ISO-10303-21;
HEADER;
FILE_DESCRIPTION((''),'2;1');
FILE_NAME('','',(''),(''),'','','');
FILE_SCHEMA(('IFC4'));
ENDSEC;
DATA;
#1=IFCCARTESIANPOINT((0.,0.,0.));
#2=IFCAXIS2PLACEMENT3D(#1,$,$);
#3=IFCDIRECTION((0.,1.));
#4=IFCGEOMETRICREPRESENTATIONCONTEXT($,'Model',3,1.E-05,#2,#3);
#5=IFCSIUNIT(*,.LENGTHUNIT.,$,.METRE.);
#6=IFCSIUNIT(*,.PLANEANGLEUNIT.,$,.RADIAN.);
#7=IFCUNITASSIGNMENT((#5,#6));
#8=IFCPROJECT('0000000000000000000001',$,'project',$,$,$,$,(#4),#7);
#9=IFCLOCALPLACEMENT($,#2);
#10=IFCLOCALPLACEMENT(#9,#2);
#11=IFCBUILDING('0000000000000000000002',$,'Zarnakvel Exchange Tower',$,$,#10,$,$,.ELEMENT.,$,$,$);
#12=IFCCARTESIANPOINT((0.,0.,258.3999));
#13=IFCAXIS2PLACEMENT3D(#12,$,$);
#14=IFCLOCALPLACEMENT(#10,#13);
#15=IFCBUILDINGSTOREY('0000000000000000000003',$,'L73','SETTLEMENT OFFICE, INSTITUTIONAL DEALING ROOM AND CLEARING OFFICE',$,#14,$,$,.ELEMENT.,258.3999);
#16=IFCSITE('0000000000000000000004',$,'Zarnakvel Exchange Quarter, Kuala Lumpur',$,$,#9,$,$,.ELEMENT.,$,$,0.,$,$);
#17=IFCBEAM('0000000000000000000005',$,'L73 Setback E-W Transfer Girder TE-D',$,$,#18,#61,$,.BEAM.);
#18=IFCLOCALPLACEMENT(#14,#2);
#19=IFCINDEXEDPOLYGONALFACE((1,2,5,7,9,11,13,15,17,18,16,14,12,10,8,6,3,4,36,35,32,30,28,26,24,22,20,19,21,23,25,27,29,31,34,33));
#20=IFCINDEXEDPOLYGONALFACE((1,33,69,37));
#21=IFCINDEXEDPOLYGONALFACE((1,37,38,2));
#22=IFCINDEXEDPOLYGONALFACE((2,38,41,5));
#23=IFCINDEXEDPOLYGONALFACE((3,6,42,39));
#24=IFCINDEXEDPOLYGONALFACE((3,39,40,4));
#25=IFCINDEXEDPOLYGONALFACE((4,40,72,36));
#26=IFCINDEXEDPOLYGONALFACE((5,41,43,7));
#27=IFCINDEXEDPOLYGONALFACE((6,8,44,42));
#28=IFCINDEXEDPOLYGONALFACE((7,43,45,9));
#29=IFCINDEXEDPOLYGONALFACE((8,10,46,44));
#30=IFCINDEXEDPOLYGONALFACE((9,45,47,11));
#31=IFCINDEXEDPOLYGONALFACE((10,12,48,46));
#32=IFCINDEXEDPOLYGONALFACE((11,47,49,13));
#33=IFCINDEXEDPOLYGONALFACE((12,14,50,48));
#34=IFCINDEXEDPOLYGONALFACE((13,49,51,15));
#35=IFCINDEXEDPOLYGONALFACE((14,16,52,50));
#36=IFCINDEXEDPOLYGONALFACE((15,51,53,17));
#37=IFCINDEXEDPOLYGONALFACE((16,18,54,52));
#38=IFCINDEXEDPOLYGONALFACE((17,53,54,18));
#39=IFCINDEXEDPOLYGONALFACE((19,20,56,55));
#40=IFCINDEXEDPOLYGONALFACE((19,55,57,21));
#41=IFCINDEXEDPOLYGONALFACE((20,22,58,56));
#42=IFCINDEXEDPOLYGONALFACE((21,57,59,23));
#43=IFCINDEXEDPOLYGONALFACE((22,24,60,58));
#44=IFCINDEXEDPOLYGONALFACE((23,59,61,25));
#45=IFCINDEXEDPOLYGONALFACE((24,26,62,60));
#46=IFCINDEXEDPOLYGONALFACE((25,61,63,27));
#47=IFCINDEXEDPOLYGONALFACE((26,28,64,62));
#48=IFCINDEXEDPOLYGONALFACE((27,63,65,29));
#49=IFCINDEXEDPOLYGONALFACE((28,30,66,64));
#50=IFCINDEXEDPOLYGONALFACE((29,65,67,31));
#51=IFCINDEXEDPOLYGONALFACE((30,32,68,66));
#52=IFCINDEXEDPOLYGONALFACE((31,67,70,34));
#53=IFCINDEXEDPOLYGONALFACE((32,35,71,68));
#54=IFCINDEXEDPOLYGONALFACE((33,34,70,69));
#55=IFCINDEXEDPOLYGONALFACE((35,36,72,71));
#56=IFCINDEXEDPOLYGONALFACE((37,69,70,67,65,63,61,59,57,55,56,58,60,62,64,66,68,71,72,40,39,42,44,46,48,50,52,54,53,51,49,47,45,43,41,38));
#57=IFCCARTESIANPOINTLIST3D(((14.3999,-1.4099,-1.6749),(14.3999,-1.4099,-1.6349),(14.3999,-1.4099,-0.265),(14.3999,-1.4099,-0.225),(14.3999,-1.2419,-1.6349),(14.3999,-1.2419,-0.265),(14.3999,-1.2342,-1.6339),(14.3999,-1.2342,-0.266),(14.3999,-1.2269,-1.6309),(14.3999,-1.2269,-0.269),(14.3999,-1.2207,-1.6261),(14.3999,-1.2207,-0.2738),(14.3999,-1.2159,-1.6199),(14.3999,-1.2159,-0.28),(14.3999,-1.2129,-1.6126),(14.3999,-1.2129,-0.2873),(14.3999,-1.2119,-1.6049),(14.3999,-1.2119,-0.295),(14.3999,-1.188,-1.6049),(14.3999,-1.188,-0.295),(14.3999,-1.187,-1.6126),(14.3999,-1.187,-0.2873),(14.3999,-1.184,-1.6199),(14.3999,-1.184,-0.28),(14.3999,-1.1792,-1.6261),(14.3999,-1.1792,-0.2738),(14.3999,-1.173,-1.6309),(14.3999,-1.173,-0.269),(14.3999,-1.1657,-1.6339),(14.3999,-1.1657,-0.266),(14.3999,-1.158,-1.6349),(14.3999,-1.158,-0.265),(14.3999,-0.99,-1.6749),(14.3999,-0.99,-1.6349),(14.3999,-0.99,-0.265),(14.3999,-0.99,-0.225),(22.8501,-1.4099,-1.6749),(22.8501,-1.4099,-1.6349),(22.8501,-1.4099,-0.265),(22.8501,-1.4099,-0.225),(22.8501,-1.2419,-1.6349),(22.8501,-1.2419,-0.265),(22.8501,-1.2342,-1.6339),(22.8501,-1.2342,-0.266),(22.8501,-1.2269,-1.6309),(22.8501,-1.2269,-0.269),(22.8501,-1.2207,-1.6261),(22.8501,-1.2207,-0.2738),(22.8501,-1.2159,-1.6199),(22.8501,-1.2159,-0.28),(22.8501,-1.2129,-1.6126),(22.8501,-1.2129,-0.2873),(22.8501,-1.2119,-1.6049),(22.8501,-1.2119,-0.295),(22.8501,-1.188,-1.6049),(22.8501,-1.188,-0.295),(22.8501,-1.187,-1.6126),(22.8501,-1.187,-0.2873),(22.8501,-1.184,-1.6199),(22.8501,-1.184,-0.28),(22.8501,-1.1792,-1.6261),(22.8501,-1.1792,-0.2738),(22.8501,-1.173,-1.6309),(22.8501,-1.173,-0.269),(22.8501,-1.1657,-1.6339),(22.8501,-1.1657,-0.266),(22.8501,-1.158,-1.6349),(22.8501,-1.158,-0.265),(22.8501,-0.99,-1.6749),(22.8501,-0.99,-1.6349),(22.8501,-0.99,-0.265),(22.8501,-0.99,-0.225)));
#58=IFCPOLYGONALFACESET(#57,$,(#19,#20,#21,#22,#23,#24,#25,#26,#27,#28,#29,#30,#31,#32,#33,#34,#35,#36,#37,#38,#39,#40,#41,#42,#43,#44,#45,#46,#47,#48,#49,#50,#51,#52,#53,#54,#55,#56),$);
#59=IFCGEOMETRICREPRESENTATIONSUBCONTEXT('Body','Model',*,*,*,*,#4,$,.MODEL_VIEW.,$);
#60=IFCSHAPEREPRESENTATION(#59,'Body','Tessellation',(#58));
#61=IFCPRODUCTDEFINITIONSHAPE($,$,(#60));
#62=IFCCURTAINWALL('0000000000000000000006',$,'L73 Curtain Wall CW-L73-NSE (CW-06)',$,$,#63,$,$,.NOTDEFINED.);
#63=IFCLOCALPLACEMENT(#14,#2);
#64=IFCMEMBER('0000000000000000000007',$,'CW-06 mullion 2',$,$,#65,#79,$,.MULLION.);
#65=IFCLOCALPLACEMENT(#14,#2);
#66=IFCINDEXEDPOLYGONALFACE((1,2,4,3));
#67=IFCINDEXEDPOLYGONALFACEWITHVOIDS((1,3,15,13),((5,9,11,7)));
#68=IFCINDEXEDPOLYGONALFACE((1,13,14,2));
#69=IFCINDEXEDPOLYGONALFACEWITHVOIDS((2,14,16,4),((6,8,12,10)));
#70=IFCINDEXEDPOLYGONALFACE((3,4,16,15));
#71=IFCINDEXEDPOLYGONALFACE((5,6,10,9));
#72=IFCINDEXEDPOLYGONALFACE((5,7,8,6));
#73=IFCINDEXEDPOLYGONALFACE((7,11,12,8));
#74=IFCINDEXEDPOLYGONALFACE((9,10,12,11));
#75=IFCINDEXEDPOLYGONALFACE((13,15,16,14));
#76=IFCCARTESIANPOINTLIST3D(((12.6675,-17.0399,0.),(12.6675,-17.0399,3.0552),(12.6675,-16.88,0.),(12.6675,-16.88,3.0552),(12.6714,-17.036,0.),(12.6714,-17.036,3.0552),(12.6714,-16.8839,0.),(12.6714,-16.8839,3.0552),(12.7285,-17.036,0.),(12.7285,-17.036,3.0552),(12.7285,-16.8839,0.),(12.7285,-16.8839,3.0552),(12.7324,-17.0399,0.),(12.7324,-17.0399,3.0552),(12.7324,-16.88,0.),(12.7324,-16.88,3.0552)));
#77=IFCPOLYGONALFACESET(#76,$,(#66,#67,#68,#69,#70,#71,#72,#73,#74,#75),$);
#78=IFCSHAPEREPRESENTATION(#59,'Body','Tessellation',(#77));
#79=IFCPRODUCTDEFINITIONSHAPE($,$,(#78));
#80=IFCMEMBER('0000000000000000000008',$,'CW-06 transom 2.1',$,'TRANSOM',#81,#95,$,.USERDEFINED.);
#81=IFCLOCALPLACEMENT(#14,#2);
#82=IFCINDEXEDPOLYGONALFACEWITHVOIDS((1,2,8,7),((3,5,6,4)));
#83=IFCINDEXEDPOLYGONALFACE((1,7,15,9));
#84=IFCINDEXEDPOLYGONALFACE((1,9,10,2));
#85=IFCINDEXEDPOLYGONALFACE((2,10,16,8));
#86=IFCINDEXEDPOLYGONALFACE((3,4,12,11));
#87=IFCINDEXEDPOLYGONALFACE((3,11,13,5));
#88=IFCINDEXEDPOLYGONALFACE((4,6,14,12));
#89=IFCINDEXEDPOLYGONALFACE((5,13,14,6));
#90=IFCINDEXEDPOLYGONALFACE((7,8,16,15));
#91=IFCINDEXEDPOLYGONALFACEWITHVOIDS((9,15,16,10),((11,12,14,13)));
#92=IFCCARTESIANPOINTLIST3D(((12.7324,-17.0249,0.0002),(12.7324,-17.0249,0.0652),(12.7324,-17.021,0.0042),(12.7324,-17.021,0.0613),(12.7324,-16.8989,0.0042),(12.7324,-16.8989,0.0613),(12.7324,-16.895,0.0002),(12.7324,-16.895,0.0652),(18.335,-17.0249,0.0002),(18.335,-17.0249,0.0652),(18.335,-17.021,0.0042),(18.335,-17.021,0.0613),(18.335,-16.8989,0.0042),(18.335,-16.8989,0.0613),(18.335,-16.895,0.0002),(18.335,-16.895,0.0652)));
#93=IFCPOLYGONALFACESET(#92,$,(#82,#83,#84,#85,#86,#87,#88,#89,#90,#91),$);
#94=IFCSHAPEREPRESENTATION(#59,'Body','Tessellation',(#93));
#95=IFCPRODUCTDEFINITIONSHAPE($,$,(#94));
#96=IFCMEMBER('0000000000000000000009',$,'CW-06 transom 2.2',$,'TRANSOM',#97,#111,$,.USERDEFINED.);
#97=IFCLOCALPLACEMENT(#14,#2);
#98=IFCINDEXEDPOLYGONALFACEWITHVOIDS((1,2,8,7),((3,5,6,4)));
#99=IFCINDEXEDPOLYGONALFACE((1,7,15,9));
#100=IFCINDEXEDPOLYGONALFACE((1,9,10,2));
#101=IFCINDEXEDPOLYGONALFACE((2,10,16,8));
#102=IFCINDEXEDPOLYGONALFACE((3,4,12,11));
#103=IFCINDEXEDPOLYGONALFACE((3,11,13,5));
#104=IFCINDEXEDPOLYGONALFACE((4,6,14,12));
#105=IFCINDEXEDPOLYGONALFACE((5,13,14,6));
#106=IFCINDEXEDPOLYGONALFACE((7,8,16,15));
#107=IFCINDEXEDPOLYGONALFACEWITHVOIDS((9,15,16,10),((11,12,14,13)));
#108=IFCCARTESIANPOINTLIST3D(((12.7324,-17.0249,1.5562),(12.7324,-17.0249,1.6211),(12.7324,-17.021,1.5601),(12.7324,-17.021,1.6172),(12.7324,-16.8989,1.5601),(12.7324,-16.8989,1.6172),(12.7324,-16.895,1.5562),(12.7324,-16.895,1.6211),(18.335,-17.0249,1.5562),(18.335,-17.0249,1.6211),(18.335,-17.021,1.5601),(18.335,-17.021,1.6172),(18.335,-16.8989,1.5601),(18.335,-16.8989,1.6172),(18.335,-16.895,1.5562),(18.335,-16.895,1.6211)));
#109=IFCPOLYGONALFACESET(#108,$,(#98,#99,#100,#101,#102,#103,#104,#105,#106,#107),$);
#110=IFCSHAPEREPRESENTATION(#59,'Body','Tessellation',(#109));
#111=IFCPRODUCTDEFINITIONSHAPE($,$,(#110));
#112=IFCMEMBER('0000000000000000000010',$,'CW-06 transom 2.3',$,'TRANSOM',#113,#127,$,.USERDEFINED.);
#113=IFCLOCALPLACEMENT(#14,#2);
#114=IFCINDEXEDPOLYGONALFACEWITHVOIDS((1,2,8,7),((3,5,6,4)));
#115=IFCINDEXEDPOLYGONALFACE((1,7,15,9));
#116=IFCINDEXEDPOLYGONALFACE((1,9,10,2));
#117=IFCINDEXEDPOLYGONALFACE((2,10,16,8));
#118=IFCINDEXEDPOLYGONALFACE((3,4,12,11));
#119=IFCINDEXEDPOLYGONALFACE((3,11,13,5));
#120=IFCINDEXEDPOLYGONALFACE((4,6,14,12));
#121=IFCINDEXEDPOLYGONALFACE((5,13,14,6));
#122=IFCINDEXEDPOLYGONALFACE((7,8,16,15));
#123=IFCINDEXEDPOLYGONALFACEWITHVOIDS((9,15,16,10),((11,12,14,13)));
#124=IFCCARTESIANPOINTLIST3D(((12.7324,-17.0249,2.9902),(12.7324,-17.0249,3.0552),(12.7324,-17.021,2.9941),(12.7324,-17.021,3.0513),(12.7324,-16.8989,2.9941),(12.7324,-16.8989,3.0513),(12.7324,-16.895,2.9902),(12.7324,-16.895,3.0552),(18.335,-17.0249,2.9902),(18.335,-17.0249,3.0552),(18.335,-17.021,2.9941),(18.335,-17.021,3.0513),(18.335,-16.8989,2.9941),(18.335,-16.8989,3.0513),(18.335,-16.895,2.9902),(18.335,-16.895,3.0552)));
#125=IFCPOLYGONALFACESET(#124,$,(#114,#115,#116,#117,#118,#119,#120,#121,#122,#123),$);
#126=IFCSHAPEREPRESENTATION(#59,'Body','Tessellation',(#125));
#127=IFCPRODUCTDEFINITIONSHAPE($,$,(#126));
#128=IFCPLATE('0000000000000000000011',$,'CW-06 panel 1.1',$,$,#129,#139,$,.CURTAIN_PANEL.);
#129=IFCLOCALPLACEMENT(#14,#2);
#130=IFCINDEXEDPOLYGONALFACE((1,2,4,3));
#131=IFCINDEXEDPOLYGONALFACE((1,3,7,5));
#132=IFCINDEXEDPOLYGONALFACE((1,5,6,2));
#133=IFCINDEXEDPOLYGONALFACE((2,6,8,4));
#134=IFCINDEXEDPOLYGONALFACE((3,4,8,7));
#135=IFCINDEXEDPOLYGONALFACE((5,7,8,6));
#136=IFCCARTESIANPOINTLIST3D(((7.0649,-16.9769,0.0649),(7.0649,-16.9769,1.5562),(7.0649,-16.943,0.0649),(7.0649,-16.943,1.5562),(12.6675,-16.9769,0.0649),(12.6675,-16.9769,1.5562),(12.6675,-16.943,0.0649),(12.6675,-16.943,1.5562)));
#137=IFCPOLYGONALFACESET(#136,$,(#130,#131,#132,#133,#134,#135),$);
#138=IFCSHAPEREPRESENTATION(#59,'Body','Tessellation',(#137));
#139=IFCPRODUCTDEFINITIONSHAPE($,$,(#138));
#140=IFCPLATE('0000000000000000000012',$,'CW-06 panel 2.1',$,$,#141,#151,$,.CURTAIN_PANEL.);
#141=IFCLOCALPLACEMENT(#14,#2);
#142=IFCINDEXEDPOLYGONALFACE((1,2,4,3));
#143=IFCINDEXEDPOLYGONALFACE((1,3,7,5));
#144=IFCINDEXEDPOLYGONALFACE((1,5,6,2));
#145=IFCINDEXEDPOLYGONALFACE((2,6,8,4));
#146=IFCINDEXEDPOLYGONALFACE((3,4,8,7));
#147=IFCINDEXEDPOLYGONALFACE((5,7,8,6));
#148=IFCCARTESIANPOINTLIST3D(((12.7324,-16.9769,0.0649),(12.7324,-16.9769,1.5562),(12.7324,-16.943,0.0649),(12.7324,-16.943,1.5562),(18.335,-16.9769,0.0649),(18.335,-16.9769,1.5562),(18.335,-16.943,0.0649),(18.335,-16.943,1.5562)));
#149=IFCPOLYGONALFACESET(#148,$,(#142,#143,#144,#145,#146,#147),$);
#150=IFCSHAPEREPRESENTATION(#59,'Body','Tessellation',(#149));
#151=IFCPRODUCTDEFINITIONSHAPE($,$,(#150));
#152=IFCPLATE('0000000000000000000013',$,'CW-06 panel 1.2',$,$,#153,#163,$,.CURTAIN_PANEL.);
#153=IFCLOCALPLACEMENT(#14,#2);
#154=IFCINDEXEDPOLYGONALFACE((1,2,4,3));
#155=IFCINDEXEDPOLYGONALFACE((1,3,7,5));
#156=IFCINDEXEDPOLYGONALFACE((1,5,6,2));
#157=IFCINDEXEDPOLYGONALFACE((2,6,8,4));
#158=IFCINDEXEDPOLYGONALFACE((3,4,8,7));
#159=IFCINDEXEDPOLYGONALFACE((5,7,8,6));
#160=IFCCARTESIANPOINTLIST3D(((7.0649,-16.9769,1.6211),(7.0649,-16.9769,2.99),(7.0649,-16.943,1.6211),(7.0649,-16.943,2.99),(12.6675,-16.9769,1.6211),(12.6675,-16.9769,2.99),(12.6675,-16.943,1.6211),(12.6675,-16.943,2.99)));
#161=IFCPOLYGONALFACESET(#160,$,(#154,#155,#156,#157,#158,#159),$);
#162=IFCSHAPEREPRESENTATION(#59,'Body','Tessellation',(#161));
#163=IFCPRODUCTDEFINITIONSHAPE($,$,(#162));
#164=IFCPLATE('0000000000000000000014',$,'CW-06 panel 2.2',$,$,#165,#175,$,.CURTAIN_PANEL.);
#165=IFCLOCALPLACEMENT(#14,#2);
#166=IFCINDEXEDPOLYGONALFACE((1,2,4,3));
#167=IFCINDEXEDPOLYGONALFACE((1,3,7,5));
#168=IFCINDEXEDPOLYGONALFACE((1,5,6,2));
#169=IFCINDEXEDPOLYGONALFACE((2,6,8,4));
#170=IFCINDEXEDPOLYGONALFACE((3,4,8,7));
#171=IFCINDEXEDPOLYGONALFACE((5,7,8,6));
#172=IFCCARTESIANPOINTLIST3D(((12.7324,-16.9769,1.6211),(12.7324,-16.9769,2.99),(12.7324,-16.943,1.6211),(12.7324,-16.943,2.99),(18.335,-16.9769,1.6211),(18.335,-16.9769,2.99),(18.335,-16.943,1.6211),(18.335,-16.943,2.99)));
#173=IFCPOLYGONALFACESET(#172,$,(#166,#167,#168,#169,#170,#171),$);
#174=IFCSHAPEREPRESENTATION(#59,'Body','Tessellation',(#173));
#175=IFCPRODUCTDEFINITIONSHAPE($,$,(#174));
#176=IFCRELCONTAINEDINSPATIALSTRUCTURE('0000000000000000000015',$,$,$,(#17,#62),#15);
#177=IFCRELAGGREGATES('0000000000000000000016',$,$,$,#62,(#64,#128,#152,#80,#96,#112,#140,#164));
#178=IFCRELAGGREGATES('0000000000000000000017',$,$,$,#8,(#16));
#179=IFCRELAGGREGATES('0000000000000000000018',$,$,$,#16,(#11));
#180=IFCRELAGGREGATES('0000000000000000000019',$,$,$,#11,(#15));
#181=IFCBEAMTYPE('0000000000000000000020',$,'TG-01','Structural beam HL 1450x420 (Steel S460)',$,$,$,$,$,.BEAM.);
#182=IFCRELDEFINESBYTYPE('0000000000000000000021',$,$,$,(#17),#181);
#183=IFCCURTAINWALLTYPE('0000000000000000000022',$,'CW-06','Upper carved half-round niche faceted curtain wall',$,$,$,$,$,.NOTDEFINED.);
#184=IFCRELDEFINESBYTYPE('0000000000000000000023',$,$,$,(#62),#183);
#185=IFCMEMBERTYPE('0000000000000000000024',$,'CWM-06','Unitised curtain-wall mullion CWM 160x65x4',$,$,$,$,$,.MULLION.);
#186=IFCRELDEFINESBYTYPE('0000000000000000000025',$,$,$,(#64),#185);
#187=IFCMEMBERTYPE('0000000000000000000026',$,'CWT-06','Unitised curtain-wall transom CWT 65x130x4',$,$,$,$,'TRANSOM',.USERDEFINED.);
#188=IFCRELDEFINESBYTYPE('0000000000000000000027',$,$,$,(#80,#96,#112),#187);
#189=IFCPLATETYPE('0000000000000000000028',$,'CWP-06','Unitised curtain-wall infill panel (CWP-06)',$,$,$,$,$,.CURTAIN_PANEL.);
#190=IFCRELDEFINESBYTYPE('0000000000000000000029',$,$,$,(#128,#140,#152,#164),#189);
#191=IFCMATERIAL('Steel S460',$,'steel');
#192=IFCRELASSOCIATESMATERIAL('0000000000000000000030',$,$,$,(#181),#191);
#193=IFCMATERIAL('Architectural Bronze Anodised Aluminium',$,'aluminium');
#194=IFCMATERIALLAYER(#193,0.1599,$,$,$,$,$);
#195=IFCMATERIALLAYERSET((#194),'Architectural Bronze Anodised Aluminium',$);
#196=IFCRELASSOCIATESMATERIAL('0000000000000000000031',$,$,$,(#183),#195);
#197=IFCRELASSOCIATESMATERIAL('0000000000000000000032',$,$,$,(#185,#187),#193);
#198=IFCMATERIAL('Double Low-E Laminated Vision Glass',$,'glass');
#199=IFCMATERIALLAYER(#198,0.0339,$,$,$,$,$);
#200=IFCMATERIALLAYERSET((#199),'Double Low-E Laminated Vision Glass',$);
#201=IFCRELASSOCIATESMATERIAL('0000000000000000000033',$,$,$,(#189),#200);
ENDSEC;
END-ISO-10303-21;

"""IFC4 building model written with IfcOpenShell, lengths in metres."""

from ifc_helpers import new_model, si_unit, direction, frame, origin, origin_2d, place, context, subcontext, project, spatial, rectangle, hollow_rectangle, i_section, extrude, source, transform, mapped, material, layer, layer_set, material_profile, profile_set, type_object, element, aggregate, save


model = new_model("IFC4")

# Units and contexts
model_context = context("Model", 3, precision=1e-05, world=origin(), true_north=direction((0.0, 1.0)))
body_context = subcontext(model_context, "Body", "Model", "MODEL_VIEW")
ifc_project = project(units=[si_unit("LENGTHUNIT", "METRE"), si_unit("PLANEANGLEUNIT", "RADIAN")], contexts=[model_context])

# Site, building, storey
site_placement = place(None, origin())
site = spatial("IfcSite", under=ifc_project, at=site_placement, Name="Zarnakvel Exchange Quarter, Kuala Lumpur", CompositionType="ELEMENT", RefElevation=0.0)
building_placement = place(site_placement, origin())
building = spatial("IfcBuilding", under=site, at=building_placement, Name="Zarnakvel Exchange Tower", CompositionType="ELEMENT")
storey_placement = place(building_placement, frame((0.0, 0.0, 258.3999)))
storey = spatial("IfcBuildingStorey", under=building, at=storey_placement, Name="L73", Description="SETTLEMENT OFFICE, INSTITUTIONAL DEALING ROOM AND CLEARING OFFICE", CompositionType="ELEMENT", Elevation=258.3999)

# Beam
ifc_material_1 = material(Name="Steel S460", Category="steel")
ifc_material_profile_1 = material_profile(ifc_material_1, i_section(OverallWidth=0.4199, OverallDepth=1.45, WebThickness=0.0239, FlangeThickness=0.04, FilletRadius=0.03, at=origin_2d()))
ifc_profile_set_1 = profile_set([ifc_material_profile_1], Name="Steel S460")
beam_type_1 = type_object("IfcBeamType", Name="TG-01", Description="Structural beam HL 1450x420 (Steel S460)", PredefinedType="BEAM", material=ifc_profile_set_1)
for number, where, z_axis, x_axis, name in (
    (1, (14.3999, -1.2, -0.95), (1.0, 0.0, 0.0), (0.0, 1.0, 0.0), "L73 Setback E-W Transfer Girder TE-D"),
):
    element("IfcBeam", number, at=place(storey_placement, frame(where, z_axis=z_axis, x_axis=x_axis)), inside=storey, type_object=beam_type_1, Name=name, PredefinedType="BEAM", context=body_context, shape_type="SweptSolid", body=[
        extrude(i_section(OverallWidth=0.4199, OverallDepth=1.45, WebThickness=0.0239, FlangeThickness=0.04, FilletRadius=0.03, at=origin_2d()), origin(), (0.0, 0.0, 1.0), 8.4502),
    ])

# Curtain wall, members, plates
ifc_material_2 = material(Name="Architectural Bronze Anodised Aluminium", Category="aluminium")
ifc_layer_1 = layer(ifc_material_2, 0.1599)
ifc_layer_set_1 = layer_set([ifc_layer_1], Name="Architectural Bronze Anodised Aluminium")
curtain_wall_type = type_object("IfcCurtainWallType", Name="CW-06", Description="Upper carved half-round niche faceted curtain wall", PredefinedType="NOTDEFINED", material=ifc_layer_set_1)
curtain_wall_placement = place(storey_placement, origin())
curtain_wall = element("IfcCurtainWall", 2, at=curtain_wall_placement, inside=storey, type_object=curtain_wall_type, Name="L73 Curtain Wall CW-L73-NSE (CW-06)", PredefinedType="NOTDEFINED")
ifc_material_profile_2 = material_profile(ifc_material_2, hollow_rectangle(XDim=0.1599, YDim=0.0649, WallThickness=0.0039, at=origin_2d()))
ifc_profile_set_2 = profile_set([ifc_material_profile_2], Name="Architectural Bronze Anodised Aluminium")
member_type_1 = type_object("IfcMemberType", Name="CWM-06", Description="Unitised curtain-wall mullion CWM 160x65x4", PredefinedType="MULLION", material=ifc_profile_set_2)
shared_shape_1 = source(origin(), body_context, "Body", "SweptSolid", [
    extrude(hollow_rectangle(XDim=0.1599, YDim=0.0649, WallThickness=0.0039, at=origin_2d()), origin(), (0.0, 0.0, 1.0), 3.0552),
])
member_1_placement = place(storey_placement, frame((12.7, -16.96, 0.0), z_axis=(0.0, 0.0, 1.0), x_axis=(0.0, 1.0, 0.0)))
member_1 = element("IfcMember", 3, at=member_1_placement, type_object=member_type_1, Name="CW-06 mullion 2", PredefinedType="MULLION", context=body_context, shape_type="MappedRepresentation", body=[
    mapped(shared_shape_1, transform((0.0, 0.0, 0.0), x_axis=(1.0, 0.0, 0.0), y_axis=(0.0, 1.0, 0.0), z_axis=(0.0, 0.0, 1.0), scale=1.0)),
])
ifc_material_profile_3 = material_profile(ifc_material_2, hollow_rectangle(XDim=0.1299, YDim=0.0649, WallThickness=0.0039, at=origin_2d()))
ifc_profile_set_3 = profile_set([ifc_material_profile_3], Name="Architectural Bronze Anodised Aluminium")
member_type_2 = type_object("IfcMemberType", Name="CWT-06", Description="Unitised curtain-wall transom CWT 65x130x4", ElementType="TRANSOM", PredefinedType="USERDEFINED", material=ifc_profile_set_3)
shared_shape_2 = source(origin(), body_context, "Body", "SweptSolid", [
    extrude(hollow_rectangle(XDim=0.1299, YDim=0.0649, WallThickness=0.0039, at=origin_2d()), origin(), (0.0, 0.0, 1.0), 5.6025),
])
member_2_placement = place(storey_placement, frame((12.7324, -16.96, 0.0327), z_axis=(1.0, 0.0, 0.0), x_axis=(0.0, 1.0, 0.0)))
member_2 = element("IfcMember", 4, at=member_2_placement, type_object=member_type_2, Name="CW-06 transom 2.1", ObjectType="TRANSOM", PredefinedType="USERDEFINED", context=body_context, shape_type="MappedRepresentation", body=[
    mapped(shared_shape_2, transform((0.0, 0.0, 0.0), x_axis=(1.0, 0.0, 0.0), y_axis=(0.0, 1.0, 0.0), z_axis=(0.0, 0.0, 1.0), scale=1.0)),
])
member_3_placement = place(storey_placement, frame((12.7324, -16.96, 1.5886), z_axis=(1.0, 0.0, 0.0), x_axis=(0.0, 1.0, 0.0)))
member_3 = element("IfcMember", 5, at=member_3_placement, type_object=member_type_2, Name="CW-06 transom 2.2", ObjectType="TRANSOM", PredefinedType="USERDEFINED", context=body_context, shape_type="MappedRepresentation", body=[
    mapped(shared_shape_2, transform((0.0, 0.0, 0.0), x_axis=(1.0, 0.0, 0.0), y_axis=(0.0, 1.0, 0.0), z_axis=(0.0, 0.0, 1.0), scale=1.0)),
])
member_4_placement = place(storey_placement, frame((12.7324, -16.96, 3.0227), z_axis=(1.0, 0.0, 0.0), x_axis=(0.0, 1.0, 0.0)))
member_4 = element("IfcMember", 6, at=member_4_placement, type_object=member_type_2, Name="CW-06 transom 2.3", ObjectType="TRANSOM", PredefinedType="USERDEFINED", context=body_context, shape_type="MappedRepresentation", body=[
    mapped(shared_shape_2, transform((0.0, 0.0, 0.0), x_axis=(1.0, 0.0, 0.0), y_axis=(0.0, 1.0, 0.0), z_axis=(0.0, 0.0, 1.0), scale=1.0)),
])
ifc_material_3 = material(Name="Double Low-E Laminated Vision Glass", Category="glass")
ifc_layer_2 = layer(ifc_material_3, 0.0339)
ifc_layer_set_2 = layer_set([ifc_layer_2], Name="Double Low-E Laminated Vision Glass")
plate_type = type_object("IfcPlateType", Name="CWP-06", Description="Unitised curtain-wall infill panel (CWP-06)", PredefinedType="CURTAIN_PANEL", material=ifc_layer_set_2)
shared_shape_3 = source(origin(), body_context, "Body", "SweptSolid", [
    extrude(rectangle(XDim=5.6025, YDim=0.0339, at=origin_2d()), origin(), (0.0, 0.0, 1.0), 1.4912),
])
plate_1_placement = place(storey_placement, frame((9.8662, -16.96, 0.0649), z_axis=(0.0, 0.0, 1.0), x_axis=(1.0, 0.0, 0.0)))
plate_1 = element("IfcPlate", 7, at=plate_1_placement, type_object=plate_type, Name="CW-06 panel 1.1", PredefinedType="CURTAIN_PANEL", context=body_context, shape_type="MappedRepresentation", body=[
    mapped(shared_shape_3, transform((0.0, 0.0, 0.0), x_axis=(1.0, 0.0, 0.0), y_axis=(0.0, 1.0, 0.0), z_axis=(0.0, 0.0, 1.0), scale=1.0)),
])
plate_2_placement = place(storey_placement, frame((15.5337, -16.96, 0.0649), z_axis=(0.0, 0.0, 1.0), x_axis=(1.0, 0.0, 0.0)))
plate_2 = element("IfcPlate", 8, at=plate_2_placement, type_object=plate_type, Name="CW-06 panel 2.1", PredefinedType="CURTAIN_PANEL", context=body_context, shape_type="MappedRepresentation", body=[
    mapped(shared_shape_3, transform((0.0, 0.0, 0.0), x_axis=(1.0, 0.0, 0.0), y_axis=(0.0, 1.0, 0.0), z_axis=(0.0, 0.0, 1.0), scale=1.0)),
])
shared_shape_4 = source(origin(), body_context, "Body", "SweptSolid", [
    extrude(rectangle(XDim=5.6025, YDim=0.0339, at=origin_2d()), origin(), (0.0, 0.0, 1.0), 1.3689),
])
plate_3_placement = place(storey_placement, frame((9.8662, -16.96, 1.6211), z_axis=(0.0, 0.0, 1.0), x_axis=(1.0, 0.0, 0.0)))
plate_3 = element("IfcPlate", 9, at=plate_3_placement, type_object=plate_type, Name="CW-06 panel 1.2", PredefinedType="CURTAIN_PANEL", context=body_context, shape_type="MappedRepresentation", body=[
    mapped(shared_shape_4, transform((0.0, 0.0, 0.0), x_axis=(1.0, 0.0, 0.0), y_axis=(0.0, 1.0, 0.0), z_axis=(0.0, 0.0, 1.0), scale=1.0)),
])
plate_4_placement = place(storey_placement, frame((15.5337, -16.96, 1.6211), z_axis=(0.0, 0.0, 1.0), x_axis=(1.0, 0.0, 0.0)))
plate_4 = element("IfcPlate", 10, at=plate_4_placement, type_object=plate_type, Name="CW-06 panel 2.2", PredefinedType="CURTAIN_PANEL", context=body_context, shape_type="MappedRepresentation", body=[
    mapped(shared_shape_4, transform((0.0, 0.0, 0.0), x_axis=(1.0, 0.0, 0.0), y_axis=(0.0, 1.0, 0.0), z_axis=(0.0, 0.0, 1.0), scale=1.0)),
])
aggregate(curtain_wall, [member_1, plate_1, plate_3, member_2, member_3, member_4, plate_2, plate_4])

save(model, "model.ifc")
